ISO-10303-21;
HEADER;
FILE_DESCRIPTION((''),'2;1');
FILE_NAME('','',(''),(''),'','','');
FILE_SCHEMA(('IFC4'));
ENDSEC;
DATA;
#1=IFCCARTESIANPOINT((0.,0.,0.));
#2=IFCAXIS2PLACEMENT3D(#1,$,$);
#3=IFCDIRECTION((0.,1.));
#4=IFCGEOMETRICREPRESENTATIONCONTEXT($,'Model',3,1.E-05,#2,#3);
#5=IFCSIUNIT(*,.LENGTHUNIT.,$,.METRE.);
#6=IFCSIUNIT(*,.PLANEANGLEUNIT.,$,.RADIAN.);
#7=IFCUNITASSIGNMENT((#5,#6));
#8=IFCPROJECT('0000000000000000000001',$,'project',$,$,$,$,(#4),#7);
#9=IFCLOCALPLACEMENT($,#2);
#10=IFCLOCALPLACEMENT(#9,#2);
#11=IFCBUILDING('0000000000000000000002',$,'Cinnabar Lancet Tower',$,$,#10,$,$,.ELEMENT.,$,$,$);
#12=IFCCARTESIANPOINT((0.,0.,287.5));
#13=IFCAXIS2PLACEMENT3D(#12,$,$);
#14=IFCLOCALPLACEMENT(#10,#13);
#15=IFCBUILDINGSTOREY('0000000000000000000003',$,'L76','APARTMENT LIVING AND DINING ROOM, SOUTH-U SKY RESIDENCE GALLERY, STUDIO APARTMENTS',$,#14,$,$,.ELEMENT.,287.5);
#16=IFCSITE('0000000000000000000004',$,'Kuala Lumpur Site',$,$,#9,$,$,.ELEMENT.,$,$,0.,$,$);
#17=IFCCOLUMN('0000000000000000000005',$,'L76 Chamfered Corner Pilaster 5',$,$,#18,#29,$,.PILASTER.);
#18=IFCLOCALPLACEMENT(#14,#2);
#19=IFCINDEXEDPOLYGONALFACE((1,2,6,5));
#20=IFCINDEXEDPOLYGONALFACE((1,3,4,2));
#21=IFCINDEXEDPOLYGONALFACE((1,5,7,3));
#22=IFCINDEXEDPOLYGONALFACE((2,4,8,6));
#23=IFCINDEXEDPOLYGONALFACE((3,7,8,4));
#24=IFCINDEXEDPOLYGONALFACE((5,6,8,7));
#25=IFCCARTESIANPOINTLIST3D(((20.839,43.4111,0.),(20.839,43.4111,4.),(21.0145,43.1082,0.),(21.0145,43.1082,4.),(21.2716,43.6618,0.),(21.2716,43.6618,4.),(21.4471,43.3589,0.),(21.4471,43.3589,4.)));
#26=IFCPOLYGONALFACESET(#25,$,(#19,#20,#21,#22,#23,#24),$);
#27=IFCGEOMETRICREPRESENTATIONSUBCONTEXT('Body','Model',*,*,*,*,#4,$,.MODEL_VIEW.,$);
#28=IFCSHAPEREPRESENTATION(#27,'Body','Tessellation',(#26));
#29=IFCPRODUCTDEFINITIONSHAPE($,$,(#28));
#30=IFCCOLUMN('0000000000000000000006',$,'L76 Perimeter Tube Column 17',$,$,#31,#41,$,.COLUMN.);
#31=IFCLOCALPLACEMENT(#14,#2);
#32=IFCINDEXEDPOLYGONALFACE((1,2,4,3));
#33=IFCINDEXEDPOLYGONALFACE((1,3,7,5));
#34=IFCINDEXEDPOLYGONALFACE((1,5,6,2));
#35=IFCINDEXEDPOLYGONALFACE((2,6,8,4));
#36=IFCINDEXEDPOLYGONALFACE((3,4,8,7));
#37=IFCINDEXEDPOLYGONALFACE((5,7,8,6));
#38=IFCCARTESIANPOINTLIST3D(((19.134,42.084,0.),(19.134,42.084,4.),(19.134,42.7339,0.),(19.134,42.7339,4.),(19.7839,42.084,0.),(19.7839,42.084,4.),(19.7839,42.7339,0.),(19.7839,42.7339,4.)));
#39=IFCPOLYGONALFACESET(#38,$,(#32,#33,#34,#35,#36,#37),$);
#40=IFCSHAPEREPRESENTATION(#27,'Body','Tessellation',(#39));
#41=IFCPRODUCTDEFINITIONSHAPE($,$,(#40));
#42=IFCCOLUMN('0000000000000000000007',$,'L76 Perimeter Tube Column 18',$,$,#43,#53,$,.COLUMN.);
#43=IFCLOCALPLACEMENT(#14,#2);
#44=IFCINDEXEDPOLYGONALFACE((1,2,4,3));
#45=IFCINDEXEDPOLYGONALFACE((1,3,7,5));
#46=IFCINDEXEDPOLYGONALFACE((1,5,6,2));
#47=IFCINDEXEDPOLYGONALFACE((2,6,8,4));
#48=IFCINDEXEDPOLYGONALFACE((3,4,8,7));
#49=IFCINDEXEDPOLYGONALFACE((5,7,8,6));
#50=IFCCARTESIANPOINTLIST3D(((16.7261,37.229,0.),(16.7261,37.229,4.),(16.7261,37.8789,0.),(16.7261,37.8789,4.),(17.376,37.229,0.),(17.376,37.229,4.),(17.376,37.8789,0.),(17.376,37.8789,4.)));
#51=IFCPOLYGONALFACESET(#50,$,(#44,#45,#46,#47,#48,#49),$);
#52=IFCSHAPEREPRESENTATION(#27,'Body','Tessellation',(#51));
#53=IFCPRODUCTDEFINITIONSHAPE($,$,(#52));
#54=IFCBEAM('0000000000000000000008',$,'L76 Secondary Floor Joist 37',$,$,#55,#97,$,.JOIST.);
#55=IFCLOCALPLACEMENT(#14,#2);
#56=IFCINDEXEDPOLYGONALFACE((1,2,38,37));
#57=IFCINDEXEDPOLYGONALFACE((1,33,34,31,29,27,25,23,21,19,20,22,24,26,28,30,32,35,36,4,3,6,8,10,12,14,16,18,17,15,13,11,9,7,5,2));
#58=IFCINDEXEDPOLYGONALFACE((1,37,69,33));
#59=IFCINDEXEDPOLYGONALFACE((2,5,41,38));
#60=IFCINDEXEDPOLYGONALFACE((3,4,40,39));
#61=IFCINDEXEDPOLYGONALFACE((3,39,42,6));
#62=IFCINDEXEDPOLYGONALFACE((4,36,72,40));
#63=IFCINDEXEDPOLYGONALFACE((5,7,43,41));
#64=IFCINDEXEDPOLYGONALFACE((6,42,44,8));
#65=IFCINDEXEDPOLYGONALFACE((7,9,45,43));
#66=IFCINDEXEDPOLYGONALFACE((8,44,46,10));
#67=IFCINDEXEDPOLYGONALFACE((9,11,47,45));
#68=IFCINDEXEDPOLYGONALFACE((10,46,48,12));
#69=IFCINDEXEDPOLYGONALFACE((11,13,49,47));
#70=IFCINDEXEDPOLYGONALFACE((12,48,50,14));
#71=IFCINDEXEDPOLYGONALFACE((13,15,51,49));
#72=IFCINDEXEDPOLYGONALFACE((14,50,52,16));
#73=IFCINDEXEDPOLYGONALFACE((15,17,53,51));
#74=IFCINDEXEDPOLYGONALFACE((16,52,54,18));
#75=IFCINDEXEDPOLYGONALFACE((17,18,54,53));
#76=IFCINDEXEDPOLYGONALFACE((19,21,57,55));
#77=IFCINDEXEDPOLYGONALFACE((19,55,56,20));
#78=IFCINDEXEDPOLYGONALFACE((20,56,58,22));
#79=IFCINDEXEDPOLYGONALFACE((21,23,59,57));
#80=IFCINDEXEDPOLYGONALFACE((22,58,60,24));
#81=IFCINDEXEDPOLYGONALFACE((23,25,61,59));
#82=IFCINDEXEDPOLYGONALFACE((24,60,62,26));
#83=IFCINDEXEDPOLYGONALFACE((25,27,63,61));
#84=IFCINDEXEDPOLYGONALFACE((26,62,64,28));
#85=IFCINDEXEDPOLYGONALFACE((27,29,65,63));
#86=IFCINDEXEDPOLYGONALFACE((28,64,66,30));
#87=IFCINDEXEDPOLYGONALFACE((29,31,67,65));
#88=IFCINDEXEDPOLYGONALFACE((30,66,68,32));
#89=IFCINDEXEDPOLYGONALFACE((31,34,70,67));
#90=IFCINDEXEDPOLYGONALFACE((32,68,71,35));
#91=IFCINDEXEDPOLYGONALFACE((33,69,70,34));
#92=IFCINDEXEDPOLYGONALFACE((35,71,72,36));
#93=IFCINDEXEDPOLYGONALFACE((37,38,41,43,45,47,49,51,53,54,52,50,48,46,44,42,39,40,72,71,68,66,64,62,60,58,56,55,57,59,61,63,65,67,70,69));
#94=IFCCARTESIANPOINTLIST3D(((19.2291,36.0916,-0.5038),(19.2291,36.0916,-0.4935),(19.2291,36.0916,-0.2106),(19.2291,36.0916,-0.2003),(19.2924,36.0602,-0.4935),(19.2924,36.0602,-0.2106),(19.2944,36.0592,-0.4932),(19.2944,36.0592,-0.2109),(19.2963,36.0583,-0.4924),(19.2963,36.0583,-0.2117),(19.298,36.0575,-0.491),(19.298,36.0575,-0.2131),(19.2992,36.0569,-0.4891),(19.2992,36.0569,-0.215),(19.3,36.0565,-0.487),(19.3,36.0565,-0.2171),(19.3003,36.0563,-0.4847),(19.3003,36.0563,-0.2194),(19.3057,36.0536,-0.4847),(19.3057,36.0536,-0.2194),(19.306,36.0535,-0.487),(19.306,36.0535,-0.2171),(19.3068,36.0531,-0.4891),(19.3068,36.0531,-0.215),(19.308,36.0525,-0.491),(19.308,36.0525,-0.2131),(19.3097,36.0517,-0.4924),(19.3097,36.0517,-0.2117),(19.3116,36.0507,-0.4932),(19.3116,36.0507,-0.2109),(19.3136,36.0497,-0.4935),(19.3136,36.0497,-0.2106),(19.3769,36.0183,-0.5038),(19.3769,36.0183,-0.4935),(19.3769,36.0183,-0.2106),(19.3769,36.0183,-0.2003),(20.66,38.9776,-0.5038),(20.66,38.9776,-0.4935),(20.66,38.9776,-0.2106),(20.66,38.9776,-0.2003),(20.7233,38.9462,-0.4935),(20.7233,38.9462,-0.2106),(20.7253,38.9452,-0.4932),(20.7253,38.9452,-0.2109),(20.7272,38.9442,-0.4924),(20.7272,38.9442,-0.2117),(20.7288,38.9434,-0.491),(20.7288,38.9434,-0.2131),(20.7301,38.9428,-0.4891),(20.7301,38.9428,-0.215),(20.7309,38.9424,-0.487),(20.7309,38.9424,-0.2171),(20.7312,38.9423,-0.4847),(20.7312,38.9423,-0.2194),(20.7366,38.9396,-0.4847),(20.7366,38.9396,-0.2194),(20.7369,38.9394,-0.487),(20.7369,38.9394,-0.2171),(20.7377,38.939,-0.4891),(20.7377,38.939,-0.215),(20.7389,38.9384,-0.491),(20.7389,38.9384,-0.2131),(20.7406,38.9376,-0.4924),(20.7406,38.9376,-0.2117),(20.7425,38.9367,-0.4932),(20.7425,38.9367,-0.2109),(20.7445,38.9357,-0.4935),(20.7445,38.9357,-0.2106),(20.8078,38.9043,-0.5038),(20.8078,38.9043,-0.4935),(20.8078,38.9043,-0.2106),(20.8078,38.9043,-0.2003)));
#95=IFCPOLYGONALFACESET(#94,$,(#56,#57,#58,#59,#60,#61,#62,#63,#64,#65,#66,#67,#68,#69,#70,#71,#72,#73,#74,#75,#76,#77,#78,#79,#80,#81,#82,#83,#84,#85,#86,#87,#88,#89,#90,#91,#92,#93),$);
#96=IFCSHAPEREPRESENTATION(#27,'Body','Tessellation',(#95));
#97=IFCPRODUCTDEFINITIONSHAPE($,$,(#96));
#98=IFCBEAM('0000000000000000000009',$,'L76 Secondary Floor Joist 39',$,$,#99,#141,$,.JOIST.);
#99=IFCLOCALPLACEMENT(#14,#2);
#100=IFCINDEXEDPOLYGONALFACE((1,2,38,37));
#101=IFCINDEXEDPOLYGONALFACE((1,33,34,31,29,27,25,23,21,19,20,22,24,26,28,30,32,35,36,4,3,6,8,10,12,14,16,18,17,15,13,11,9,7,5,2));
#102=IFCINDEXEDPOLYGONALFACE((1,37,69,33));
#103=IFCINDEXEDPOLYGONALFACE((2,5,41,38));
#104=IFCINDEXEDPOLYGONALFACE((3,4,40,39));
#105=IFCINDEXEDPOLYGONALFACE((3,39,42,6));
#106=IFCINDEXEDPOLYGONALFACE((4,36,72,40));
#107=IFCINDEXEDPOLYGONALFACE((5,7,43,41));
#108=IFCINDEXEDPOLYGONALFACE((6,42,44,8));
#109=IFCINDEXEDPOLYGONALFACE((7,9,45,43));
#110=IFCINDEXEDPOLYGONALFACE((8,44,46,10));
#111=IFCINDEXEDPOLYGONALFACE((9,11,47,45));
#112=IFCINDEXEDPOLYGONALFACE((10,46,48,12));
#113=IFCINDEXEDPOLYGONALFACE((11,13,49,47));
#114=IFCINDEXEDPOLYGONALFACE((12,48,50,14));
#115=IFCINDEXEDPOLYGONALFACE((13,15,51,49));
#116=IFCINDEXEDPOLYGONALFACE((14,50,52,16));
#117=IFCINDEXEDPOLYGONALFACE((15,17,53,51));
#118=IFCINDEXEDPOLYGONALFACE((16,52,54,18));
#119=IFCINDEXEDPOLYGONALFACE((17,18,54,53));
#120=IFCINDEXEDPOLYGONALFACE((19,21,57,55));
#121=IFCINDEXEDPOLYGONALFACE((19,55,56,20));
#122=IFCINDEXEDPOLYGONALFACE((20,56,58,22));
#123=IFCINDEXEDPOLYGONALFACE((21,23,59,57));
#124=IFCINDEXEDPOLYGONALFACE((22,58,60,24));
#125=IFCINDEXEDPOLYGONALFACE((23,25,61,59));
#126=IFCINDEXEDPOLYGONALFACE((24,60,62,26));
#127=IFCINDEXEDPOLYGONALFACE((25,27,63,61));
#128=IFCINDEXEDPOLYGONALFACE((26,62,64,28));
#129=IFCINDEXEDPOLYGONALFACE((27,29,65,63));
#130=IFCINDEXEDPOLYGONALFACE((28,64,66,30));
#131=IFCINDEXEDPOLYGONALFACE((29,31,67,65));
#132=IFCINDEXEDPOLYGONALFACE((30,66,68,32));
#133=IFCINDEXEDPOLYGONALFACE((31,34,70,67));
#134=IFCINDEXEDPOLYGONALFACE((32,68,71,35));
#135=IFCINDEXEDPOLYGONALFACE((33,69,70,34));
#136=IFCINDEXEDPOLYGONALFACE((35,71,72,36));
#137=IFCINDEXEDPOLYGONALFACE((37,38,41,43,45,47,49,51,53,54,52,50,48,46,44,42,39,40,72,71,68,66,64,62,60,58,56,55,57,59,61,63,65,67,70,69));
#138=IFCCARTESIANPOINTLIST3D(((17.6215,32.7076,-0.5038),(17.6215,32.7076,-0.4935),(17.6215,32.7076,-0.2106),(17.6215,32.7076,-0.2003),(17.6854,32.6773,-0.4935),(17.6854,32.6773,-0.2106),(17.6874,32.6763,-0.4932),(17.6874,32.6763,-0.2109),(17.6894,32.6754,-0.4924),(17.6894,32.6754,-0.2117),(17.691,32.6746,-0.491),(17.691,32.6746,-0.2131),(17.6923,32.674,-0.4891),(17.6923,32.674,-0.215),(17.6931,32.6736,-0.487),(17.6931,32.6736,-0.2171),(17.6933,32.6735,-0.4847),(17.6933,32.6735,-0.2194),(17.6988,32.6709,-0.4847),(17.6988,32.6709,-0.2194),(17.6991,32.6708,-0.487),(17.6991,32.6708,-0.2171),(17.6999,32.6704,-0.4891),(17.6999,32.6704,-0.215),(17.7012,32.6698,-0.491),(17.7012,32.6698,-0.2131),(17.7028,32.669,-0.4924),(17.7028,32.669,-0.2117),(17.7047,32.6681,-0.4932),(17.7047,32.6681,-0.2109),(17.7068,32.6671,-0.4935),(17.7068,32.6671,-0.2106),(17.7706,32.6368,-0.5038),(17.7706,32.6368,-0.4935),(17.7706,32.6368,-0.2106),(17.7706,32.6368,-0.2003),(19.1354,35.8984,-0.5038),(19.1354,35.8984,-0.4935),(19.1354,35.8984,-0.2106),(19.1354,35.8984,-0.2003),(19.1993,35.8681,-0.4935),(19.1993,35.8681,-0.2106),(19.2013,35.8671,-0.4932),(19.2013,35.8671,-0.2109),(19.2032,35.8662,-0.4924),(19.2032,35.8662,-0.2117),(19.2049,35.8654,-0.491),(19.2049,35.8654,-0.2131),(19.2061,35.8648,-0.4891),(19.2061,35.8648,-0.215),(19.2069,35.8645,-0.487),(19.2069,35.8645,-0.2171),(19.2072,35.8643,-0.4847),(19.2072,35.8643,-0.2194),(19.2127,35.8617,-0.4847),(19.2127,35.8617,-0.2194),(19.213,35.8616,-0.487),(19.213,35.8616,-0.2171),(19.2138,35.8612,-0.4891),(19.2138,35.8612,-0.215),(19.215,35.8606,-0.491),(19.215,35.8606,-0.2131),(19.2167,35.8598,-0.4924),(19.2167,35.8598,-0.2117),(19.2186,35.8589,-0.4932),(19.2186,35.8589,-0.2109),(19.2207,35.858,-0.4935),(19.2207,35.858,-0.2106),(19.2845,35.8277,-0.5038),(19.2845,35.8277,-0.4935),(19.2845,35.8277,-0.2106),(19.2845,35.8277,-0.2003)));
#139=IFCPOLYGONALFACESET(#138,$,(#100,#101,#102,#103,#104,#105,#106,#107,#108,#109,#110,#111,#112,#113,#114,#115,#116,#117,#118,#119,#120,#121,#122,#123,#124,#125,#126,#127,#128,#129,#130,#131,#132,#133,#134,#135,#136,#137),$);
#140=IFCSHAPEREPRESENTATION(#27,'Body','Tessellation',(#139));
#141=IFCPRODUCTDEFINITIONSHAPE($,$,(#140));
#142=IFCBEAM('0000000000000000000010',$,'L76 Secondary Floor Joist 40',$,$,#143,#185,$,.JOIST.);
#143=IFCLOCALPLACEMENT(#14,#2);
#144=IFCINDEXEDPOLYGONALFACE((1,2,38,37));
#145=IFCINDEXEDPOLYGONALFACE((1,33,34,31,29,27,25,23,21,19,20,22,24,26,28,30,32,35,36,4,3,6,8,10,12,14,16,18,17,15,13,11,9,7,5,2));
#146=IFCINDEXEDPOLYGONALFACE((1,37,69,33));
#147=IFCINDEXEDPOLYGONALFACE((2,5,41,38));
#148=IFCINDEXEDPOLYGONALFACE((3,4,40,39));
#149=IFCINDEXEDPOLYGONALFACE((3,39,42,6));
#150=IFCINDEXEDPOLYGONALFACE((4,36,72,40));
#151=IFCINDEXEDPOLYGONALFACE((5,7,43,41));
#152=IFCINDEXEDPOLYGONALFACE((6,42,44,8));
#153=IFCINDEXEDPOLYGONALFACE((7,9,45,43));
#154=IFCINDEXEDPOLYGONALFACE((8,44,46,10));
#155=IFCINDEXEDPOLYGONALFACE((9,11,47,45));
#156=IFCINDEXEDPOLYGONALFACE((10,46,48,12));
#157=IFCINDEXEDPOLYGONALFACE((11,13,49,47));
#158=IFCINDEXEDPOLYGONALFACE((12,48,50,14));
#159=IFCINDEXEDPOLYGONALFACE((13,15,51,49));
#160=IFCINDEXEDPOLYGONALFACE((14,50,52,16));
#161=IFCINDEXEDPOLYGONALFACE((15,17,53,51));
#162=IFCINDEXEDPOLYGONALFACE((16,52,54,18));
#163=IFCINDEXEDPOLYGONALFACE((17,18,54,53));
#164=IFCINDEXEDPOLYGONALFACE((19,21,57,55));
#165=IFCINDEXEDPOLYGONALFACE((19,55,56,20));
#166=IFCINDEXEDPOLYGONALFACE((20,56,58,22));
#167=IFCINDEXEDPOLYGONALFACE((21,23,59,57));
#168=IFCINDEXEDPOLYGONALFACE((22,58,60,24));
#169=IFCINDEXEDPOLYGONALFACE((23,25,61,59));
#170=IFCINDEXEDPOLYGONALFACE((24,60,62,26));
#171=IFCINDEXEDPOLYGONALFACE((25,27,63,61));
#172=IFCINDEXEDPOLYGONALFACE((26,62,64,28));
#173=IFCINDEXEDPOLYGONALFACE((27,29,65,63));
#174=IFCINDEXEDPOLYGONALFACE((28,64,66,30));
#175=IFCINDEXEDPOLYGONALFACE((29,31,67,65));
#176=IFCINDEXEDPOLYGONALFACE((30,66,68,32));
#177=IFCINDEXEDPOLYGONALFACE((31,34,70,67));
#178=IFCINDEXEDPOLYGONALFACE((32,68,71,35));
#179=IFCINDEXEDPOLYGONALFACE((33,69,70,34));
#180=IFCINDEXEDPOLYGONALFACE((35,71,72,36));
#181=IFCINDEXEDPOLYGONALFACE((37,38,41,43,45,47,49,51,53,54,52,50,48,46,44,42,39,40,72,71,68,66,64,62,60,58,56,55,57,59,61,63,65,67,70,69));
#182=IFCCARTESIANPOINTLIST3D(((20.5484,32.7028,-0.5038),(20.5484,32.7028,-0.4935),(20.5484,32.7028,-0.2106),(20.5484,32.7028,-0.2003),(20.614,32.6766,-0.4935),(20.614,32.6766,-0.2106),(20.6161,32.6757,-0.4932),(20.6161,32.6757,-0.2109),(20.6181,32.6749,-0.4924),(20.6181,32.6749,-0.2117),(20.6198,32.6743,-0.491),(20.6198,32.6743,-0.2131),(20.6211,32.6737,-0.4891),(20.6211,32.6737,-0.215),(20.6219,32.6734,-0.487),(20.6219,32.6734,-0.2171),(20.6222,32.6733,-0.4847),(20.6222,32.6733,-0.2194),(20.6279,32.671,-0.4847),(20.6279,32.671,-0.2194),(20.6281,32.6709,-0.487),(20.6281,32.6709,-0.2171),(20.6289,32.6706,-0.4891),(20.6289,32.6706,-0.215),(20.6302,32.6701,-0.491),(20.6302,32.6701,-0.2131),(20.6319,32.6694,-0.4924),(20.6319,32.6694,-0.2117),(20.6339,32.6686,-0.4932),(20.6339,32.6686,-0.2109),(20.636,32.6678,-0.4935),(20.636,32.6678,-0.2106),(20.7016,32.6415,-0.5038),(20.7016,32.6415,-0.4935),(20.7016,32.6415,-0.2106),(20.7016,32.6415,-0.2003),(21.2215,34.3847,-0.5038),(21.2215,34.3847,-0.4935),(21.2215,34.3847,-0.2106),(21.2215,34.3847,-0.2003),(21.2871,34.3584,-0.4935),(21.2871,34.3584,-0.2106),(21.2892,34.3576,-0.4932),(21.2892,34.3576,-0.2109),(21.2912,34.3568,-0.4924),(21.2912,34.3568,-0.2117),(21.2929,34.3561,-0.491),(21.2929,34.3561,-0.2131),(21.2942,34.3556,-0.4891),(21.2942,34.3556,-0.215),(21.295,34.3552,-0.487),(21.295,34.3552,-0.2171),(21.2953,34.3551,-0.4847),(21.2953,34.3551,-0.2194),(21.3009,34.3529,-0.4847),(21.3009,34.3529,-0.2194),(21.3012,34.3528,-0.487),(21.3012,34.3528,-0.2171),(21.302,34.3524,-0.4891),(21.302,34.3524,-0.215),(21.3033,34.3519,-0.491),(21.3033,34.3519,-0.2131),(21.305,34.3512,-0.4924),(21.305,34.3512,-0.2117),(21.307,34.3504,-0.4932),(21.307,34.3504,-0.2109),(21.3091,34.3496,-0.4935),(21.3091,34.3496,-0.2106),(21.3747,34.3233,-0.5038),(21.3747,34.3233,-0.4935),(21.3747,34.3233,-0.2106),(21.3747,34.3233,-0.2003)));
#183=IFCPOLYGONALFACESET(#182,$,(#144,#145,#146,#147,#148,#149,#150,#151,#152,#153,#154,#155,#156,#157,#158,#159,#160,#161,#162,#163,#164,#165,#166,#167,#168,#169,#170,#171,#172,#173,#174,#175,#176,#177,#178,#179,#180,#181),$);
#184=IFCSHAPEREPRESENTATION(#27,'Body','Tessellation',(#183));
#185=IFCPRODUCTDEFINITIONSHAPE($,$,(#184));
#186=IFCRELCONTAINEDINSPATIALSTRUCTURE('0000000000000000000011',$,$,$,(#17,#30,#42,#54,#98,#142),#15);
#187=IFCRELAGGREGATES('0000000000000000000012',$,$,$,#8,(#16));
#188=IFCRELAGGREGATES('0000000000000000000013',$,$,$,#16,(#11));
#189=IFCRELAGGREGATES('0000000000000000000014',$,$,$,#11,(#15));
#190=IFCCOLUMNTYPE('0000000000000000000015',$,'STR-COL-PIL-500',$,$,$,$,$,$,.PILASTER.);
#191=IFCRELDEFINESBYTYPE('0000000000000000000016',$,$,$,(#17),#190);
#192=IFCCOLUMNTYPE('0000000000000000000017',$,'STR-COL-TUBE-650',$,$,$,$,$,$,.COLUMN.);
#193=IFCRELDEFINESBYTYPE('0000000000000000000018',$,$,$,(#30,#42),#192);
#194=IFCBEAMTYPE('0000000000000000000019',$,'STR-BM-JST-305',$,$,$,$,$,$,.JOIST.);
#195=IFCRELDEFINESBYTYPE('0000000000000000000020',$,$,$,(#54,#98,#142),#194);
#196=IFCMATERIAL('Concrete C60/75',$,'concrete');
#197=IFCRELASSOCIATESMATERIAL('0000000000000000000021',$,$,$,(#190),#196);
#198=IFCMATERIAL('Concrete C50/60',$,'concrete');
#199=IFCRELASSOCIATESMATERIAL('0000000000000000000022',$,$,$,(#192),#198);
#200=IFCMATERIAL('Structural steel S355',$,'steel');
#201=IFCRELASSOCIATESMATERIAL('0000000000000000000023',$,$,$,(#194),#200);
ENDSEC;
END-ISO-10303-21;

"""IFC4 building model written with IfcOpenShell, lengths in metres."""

from ifc_helpers import new_model, si_unit, direction, frame, origin, origin_2d, place, context, subcontext, project, spatial, rectangle, i_section, extrude, material, material_profile, profile_set, type_object, element, save


model = new_model("IFC4")

# Units and contexts
model_context = context("Model", 3, precision=1e-05, world=origin(), true_north=direction((0.0, 1.0)))
body_context = subcontext(model_context, "Body", "Model", "MODEL_VIEW")
ifc_project = project(units=[si_unit("LENGTHUNIT", "METRE"), si_unit("PLANEANGLEUNIT", "RADIAN")], contexts=[model_context])

# Site, building, storey
site_placement = place(None, origin())
site = spatial("IfcSite", under=ifc_project, at=site_placement, Name="Kuala Lumpur Site", CompositionType="ELEMENT", RefElevation=0.0)
building_placement = place(site_placement, origin())
building = spatial("IfcBuilding", under=site, at=building_placement, Name="Cinnabar Lancet Tower", CompositionType="ELEMENT")
storey_placement = place(building_placement, frame((0.0, 0.0, 287.5)))
storey = spatial("IfcBuildingStorey", under=building, at=storey_placement, Name="L76", Description="APARTMENT LIVING AND DINING ROOM, SOUTH-U SKY RESIDENCE GALLERY, STUDIO APARTMENTS", CompositionType="ELEMENT", Elevation=287.5)

# Columns
ifc_material_1 = material(Name="Concrete C60/75", Category="concrete")
ifc_material_profile_1 = material_profile(ifc_material_1, rectangle(XDim=0.5, YDim=0.3501, at=origin_2d()), Name="RC-PIL 500x350")
ifc_profile_set_1 = profile_set([ifc_material_profile_1], Name="Concrete C60/75")
column_type_1 = type_object("IfcColumnType", Name="STR-COL-PIL-500", PredefinedType="PILASTER", material=ifc_profile_set_1)
column_placement = place(storey_placement, frame((21.1431, 43.385, 0.0), z_axis=(0.0, 0.0, 1.0), x_axis=(-0.865256, -0.50133, 0.0)))
element("IfcColumn", 1, at=column_placement, inside=storey, type_object=column_type_1, Name="L76 Chamfered Corner Pilaster 5", PredefinedType="PILASTER", context=body_context, shape_type="SweptSolid", body=[
    extrude(rectangle(XDim=0.5, YDim=0.3501, at=origin_2d()), origin(), (0.0, 0.0, 1.0), 4.0),
])
ifc_material_2 = material(Name="Concrete C50/60", Category="concrete")
ifc_material_profile_2 = material_profile(ifc_material_2, rectangle(XDim=0.6499, YDim=0.6499, at=origin_2d()), Name="RC-COL 650x650")
ifc_profile_set_2 = profile_set([ifc_material_profile_2], Name="Concrete C50/60")
column_type_2 = type_object("IfcColumnType", Name="STR-COL-TUBE-650", PredefinedType="COLUMN", material=ifc_profile_set_2)
for number, where, z_axis, x_axis, name in (
    (2, (19.459, 42.4089, 0.0), (0.0, 0.0, 1.0), (1.0, 0.0, 0.0), "L76 Perimeter Tube Column 17"),
    (3, (17.051, 37.554, 0.0), (0.0, 0.0, 1.0), (1.0, 0.0, 0.0), "L76 Perimeter Tube Column 18"),
):
    element("IfcColumn", number, at=place(storey_placement, frame(where, z_axis=z_axis, x_axis=x_axis)), inside=storey, type_object=column_type_2, Name=name, PredefinedType="COLUMN", context=body_context, shape_type="SweptSolid", body=[
        extrude(rectangle(XDim=0.6499, YDim=0.6499, at=origin_2d()), origin(), (0.0, 0.0, 1.0), 4.0),
    ])

# Beams
ifc_material_3 = material(Name="Structural steel S355", Category="steel")
ifc_material_profile_3 = material_profile(ifc_material_3, i_section(OverallWidth=0.165, OverallDepth=0.3035, WebThickness=0.0061, FlangeThickness=0.0103, FilletRadius=0.0088, at=origin_2d()), Name="UKB 305x165x40")
ifc_profile_set_3 = profile_set([ifc_material_profile_3], Name="Structural steel S355")
beam_type_1 = type_object("IfcBeamType", Name="STR-BM-JST-305", PredefinedType="JOIST", material=ifc_profile_set_3)
beam_1_placement = place(storey_placement, frame((20.7339, 38.9409, -0.3521), z_axis=(-0.44421, -0.895923, 0.0), x_axis=(0.895923, -0.44421, 0.0)))
element("IfcBeam", 4, at=beam_1_placement, inside=storey, type_object=beam_type_1, Name="L76 Secondary Floor Joist 37", PredefinedType="JOIST", context=body_context, shape_type="SweptSolid", body=[
    extrude(i_section(OverallWidth=0.165, OverallDepth=0.3035, WebThickness=0.0061, FlangeThickness=0.0103, FilletRadius=0.0088, at=origin_2d()), origin(), (0.0, 0.0, 1.0), 3.2212),
])
beam_2_placement = place(storey_placement, frame((19.21, 35.863, -0.3521), z_axis=(-0.428648, -0.903472, 0.0), x_axis=(0.903472, -0.428648, 0.0)))
element("IfcBeam", 5, at=beam_2_placement, inside=storey, type_object=beam_type_1, Name="L76 Secondary Floor Joist 39", PredefinedType="JOIST", context=body_context, shape_type="SweptSolid", body=[
    extrude(i_section(OverallWidth=0.165, OverallDepth=0.3035, WebThickness=0.0061, FlangeThickness=0.0103, FilletRadius=0.0088, at=origin_2d()), origin(), (0.0, 0.0, 1.0), 3.5317),
])
beam_3_placement = place(storey_placement, frame((21.2981, 34.354, -0.3521), z_axis=(-0.371553, -0.928412, 0.0), x_axis=(0.928412, -0.371553, 0.0)))
element("IfcBeam", 6, at=beam_3_placement, inside=storey, type_object=beam_type_1, Name="L76 Secondary Floor Joist 40", PredefinedType="JOIST", context=body_context, shape_type="SweptSolid", body=[
    extrude(i_section(OverallWidth=0.165, OverallDepth=0.3035, WebThickness=0.0061, FlangeThickness=0.0103, FilletRadius=0.0088, at=origin_2d()), origin(), (0.0, 0.0, 1.0), 1.8115),
])

save(model, "model.ifc")
